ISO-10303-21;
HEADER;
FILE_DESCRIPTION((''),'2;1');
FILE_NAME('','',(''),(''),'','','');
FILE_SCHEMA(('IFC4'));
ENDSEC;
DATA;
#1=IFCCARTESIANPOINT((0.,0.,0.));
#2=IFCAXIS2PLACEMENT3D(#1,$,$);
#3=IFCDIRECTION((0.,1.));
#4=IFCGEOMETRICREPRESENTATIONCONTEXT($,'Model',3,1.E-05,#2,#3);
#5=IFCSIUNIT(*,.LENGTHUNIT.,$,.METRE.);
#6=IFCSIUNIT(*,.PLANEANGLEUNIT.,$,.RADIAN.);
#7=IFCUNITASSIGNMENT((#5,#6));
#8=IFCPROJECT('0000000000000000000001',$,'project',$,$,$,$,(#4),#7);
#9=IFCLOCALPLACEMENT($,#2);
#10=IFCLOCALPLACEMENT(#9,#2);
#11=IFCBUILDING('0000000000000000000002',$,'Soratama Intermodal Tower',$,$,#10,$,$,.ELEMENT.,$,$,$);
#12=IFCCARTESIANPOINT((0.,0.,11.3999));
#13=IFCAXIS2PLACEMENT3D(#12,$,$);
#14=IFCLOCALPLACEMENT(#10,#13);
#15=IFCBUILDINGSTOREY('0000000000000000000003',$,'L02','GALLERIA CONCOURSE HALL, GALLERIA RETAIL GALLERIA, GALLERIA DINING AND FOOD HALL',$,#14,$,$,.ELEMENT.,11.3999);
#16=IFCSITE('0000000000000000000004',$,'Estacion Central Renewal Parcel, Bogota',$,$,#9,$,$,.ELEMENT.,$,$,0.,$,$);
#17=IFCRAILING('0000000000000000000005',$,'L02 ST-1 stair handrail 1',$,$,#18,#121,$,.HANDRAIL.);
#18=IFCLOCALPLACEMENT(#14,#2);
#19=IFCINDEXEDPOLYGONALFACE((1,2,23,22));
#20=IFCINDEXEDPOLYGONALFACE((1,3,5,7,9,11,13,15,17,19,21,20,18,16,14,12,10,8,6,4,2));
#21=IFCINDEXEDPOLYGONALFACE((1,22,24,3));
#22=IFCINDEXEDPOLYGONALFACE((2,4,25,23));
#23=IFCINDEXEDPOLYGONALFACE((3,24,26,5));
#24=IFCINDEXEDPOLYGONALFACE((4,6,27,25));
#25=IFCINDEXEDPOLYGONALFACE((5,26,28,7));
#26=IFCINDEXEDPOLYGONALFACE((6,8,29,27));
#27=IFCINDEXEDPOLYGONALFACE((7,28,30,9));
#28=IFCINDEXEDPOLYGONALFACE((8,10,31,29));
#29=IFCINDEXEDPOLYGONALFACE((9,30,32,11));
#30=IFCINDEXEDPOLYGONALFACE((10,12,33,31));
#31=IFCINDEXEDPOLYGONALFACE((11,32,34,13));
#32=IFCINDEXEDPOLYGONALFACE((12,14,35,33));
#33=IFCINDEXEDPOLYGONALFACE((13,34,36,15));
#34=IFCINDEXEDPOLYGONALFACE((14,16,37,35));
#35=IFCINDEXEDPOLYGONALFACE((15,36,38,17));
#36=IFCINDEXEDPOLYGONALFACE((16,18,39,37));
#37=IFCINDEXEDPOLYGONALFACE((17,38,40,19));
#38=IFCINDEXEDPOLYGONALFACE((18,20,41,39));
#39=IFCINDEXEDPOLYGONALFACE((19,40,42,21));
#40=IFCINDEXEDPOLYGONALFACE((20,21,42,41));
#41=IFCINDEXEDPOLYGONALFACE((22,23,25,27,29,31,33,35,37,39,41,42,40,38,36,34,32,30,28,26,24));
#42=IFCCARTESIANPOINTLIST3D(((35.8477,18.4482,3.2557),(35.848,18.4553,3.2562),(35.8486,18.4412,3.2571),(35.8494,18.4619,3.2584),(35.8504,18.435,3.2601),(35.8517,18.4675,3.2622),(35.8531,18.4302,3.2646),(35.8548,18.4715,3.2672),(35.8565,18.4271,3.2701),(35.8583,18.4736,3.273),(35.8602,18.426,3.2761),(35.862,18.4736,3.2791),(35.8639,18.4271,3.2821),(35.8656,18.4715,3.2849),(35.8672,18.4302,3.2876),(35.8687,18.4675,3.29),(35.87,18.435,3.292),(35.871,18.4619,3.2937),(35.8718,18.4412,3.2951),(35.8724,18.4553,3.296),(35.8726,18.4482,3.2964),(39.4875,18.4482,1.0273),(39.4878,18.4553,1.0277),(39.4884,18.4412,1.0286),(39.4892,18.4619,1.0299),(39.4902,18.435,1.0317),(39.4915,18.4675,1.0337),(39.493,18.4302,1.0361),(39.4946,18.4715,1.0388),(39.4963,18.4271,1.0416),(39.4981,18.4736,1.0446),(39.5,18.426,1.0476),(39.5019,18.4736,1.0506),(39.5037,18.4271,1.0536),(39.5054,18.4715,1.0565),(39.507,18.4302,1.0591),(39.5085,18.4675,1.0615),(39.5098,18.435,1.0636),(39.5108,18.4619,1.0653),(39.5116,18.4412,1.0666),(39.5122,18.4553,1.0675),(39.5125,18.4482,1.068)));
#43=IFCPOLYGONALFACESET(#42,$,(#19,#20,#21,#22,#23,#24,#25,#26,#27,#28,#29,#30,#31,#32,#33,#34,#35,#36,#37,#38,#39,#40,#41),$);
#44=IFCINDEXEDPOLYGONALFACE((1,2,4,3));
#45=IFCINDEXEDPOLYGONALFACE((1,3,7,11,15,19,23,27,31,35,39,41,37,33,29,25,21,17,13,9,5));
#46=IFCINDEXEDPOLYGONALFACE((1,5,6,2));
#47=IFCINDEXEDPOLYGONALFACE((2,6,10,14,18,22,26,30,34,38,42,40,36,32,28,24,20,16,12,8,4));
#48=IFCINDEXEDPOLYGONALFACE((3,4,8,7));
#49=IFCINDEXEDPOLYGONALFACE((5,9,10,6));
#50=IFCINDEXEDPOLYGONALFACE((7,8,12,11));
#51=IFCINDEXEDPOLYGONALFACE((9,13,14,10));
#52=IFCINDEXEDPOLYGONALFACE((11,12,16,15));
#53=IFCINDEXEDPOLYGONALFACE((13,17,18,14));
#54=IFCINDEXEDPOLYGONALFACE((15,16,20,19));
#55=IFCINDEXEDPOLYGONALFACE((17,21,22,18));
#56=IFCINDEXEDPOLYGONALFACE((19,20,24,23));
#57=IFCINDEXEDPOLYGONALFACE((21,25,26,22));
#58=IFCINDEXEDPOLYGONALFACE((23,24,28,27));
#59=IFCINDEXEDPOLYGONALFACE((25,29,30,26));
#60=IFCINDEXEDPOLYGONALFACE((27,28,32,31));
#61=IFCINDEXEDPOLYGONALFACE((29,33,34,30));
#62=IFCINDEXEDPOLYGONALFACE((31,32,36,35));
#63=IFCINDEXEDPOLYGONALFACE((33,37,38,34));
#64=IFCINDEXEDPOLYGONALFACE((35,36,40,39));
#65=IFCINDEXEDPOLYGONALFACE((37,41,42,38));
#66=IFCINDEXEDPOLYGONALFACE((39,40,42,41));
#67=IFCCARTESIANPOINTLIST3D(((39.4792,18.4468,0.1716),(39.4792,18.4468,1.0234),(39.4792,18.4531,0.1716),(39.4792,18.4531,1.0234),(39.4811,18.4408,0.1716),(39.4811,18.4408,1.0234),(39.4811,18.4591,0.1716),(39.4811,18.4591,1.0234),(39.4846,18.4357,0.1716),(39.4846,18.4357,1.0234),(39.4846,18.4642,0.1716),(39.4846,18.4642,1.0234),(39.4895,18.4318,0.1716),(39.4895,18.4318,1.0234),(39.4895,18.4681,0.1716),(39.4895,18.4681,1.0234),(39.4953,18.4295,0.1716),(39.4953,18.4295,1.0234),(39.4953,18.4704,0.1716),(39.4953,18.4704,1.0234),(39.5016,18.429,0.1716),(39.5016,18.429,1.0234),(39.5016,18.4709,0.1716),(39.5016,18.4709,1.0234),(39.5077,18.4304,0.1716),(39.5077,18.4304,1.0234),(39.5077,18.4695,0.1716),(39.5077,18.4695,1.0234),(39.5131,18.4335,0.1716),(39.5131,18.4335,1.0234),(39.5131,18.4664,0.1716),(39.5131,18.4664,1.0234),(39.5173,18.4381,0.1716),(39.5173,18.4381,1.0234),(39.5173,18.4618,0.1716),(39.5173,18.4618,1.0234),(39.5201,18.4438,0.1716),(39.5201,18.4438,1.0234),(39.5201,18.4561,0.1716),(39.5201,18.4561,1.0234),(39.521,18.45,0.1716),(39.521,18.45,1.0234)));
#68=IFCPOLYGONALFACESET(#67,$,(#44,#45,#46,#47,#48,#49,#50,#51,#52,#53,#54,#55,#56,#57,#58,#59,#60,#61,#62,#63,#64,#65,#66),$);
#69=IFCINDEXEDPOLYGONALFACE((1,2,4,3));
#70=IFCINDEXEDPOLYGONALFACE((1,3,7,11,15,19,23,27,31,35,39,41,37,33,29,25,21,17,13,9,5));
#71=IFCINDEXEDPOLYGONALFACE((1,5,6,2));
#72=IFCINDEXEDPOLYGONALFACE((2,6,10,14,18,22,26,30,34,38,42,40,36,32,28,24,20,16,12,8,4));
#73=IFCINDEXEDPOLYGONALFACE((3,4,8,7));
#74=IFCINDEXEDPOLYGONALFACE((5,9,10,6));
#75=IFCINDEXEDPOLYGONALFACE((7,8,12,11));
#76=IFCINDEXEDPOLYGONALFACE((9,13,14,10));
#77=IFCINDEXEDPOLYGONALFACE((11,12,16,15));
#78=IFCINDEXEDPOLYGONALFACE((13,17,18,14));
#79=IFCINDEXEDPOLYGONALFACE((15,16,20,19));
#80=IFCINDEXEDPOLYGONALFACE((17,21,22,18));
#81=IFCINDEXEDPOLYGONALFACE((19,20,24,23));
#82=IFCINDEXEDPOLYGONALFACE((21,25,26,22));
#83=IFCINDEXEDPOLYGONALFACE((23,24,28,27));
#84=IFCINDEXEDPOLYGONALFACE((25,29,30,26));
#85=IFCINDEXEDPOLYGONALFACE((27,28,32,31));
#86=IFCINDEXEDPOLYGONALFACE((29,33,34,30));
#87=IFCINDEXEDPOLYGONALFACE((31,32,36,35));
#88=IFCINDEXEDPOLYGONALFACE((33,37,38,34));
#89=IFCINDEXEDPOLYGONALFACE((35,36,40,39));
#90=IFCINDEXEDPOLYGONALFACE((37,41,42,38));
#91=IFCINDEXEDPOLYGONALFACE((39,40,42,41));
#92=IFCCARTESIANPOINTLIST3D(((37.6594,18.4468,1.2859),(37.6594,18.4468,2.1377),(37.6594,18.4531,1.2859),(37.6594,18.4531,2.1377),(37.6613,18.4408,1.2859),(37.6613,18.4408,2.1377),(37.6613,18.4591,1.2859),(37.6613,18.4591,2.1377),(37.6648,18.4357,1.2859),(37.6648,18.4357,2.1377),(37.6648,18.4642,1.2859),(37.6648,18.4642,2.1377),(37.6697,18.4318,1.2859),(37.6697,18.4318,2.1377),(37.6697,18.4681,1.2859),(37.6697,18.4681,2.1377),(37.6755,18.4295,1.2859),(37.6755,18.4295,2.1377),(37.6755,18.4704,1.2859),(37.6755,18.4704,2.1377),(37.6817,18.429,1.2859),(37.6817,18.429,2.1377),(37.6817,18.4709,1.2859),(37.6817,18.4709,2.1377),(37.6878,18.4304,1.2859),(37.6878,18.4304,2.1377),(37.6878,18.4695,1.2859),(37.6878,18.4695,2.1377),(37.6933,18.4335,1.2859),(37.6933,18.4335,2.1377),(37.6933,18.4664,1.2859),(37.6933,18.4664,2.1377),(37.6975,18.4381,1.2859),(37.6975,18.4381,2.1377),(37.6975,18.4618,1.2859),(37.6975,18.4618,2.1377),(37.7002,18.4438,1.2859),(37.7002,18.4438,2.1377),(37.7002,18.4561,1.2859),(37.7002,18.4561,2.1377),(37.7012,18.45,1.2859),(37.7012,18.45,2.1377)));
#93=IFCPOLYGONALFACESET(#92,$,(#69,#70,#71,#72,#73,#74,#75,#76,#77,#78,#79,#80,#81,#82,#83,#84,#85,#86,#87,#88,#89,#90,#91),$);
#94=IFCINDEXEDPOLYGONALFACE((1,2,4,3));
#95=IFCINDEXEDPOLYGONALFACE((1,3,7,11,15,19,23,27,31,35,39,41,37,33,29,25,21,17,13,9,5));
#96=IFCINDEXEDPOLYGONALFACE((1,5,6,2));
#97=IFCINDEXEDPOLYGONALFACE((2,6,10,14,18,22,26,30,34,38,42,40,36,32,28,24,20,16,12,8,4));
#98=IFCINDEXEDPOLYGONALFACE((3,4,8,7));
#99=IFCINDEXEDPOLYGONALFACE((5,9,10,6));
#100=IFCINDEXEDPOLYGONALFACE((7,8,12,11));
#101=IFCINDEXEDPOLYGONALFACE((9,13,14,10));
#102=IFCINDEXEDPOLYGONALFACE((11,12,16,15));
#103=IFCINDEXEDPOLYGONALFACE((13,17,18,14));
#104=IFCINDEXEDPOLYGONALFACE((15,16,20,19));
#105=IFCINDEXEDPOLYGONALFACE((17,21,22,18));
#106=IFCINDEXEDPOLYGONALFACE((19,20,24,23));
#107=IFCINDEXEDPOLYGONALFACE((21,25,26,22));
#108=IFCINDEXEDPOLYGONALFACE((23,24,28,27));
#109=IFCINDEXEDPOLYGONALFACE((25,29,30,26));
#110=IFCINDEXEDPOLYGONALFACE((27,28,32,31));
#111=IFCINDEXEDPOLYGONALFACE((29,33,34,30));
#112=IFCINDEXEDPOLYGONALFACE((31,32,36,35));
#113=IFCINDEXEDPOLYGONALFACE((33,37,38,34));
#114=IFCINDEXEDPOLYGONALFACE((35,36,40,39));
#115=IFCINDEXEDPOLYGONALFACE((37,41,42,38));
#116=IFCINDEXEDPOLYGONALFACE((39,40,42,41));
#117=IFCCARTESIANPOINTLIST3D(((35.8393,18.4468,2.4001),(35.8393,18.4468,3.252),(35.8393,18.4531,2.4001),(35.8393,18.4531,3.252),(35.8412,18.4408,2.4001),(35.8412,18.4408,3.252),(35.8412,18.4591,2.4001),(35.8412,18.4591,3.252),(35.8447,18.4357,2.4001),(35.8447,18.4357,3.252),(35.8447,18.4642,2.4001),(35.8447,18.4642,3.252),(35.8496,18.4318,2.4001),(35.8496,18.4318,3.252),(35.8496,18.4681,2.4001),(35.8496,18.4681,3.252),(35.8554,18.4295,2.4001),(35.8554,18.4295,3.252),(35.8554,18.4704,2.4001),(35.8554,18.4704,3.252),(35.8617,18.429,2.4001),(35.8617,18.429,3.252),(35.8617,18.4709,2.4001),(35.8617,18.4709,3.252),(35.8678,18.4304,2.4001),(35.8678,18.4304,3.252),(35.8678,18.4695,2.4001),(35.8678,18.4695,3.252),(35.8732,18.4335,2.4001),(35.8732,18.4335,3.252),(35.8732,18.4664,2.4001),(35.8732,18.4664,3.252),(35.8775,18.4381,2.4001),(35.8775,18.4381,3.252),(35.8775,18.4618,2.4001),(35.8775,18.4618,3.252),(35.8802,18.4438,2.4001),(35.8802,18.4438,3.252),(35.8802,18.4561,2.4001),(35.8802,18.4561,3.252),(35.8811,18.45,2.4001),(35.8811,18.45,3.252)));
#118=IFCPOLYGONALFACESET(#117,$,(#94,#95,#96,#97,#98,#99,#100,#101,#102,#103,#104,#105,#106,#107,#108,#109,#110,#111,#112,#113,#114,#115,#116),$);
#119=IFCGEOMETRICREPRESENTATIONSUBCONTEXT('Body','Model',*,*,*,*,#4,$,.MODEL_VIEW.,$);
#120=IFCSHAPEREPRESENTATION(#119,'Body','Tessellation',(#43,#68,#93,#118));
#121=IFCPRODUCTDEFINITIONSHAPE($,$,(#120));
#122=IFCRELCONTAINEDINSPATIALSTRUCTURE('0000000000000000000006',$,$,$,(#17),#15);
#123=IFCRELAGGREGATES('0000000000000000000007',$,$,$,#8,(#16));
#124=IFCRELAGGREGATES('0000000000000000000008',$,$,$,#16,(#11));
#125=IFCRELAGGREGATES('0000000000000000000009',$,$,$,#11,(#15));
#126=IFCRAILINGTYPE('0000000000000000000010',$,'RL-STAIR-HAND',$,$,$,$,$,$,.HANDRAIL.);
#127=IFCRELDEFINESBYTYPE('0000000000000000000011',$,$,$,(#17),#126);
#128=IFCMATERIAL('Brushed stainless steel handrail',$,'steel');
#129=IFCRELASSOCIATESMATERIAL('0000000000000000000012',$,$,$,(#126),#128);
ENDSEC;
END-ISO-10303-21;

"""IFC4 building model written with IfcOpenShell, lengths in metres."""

from ifc_helpers import new_model, si_unit, direction, frame, origin, origin_2d, place, context, subcontext, project, spatial, circle, extrude, material, type_object, element, save


model = new_model("IFC4")

# Units and contexts
model_context = context("Model", 3, precision=1e-05, world=origin(), true_north=direction((0.0, 1.0)))
body_context = subcontext(model_context, "Body", "Model", "MODEL_VIEW")
ifc_project = project(units=[si_unit("LENGTHUNIT", "METRE"), si_unit("PLANEANGLEUNIT", "RADIAN")], contexts=[model_context])

# Site, building, storey
site_placement = place(None, origin())
site = spatial("IfcSite", under=ifc_project, at=site_placement, Name="Estacion Central Renewal Parcel, Bogota", CompositionType="ELEMENT", RefElevation=0.0)
building_placement = place(site_placement, origin())
building = spatial("IfcBuilding", under=site, at=building_placement, Name="Soratama Intermodal Tower", CompositionType="ELEMENT")
storey_placement = place(building_placement, frame((0.0, 0.0, 11.3999)))
storey = spatial("IfcBuildingStorey", under=building, at=storey_placement, Name="L02", Description="GALLERIA CONCOURSE HALL, GALLERIA RETAIL GALLERIA, GALLERIA DINING AND FOOD HALL", CompositionType="ELEMENT", Elevation=11.3999)

# Railing
ifc_material_1 = material(Name="Brushed stainless steel handrail", Category="steel")
railing_type_1 = type_object("IfcRailingType", Name="RL-STAIR-HAND", PredefinedType="HANDRAIL", material=ifc_material_1)
railing_1_placement = place(storey_placement, frame((39.5, 18.45, 0.1716)))
element("IfcRailing", 1, at=railing_1_placement, inside=storey, type_object=railing_type_1, Name="L02 ST-1 stair handrail 1", PredefinedType="HANDRAIL", context=body_context, shape_type="SweptSolid", body=[
    extrude(circle(Radius=0.0239, at=origin_2d()), frame((0.0, 0.0, 0.876), z_axis=(-0.85285, 0.0, 0.522156), x_axis=(0.0, -1.0, 0.0)), (0.0, 0.0, 1.0), 4.2678),
    extrude(circle(Radius=0.021, at=origin_2d()), origin(), (0.0, 0.0, 1.0), 0.8518),
    extrude(circle(Radius=0.021, at=origin_2d()), frame((-1.8198, 0.0, 1.1143)), (0.0, 0.0, 1.0), 0.8518),
    extrude(circle(Radius=0.021, at=origin_2d()), frame((-3.6399, 0.0, 2.2285)), (0.0, 0.0, 1.0), 0.8518),
])

save(model, "model.ifc")
